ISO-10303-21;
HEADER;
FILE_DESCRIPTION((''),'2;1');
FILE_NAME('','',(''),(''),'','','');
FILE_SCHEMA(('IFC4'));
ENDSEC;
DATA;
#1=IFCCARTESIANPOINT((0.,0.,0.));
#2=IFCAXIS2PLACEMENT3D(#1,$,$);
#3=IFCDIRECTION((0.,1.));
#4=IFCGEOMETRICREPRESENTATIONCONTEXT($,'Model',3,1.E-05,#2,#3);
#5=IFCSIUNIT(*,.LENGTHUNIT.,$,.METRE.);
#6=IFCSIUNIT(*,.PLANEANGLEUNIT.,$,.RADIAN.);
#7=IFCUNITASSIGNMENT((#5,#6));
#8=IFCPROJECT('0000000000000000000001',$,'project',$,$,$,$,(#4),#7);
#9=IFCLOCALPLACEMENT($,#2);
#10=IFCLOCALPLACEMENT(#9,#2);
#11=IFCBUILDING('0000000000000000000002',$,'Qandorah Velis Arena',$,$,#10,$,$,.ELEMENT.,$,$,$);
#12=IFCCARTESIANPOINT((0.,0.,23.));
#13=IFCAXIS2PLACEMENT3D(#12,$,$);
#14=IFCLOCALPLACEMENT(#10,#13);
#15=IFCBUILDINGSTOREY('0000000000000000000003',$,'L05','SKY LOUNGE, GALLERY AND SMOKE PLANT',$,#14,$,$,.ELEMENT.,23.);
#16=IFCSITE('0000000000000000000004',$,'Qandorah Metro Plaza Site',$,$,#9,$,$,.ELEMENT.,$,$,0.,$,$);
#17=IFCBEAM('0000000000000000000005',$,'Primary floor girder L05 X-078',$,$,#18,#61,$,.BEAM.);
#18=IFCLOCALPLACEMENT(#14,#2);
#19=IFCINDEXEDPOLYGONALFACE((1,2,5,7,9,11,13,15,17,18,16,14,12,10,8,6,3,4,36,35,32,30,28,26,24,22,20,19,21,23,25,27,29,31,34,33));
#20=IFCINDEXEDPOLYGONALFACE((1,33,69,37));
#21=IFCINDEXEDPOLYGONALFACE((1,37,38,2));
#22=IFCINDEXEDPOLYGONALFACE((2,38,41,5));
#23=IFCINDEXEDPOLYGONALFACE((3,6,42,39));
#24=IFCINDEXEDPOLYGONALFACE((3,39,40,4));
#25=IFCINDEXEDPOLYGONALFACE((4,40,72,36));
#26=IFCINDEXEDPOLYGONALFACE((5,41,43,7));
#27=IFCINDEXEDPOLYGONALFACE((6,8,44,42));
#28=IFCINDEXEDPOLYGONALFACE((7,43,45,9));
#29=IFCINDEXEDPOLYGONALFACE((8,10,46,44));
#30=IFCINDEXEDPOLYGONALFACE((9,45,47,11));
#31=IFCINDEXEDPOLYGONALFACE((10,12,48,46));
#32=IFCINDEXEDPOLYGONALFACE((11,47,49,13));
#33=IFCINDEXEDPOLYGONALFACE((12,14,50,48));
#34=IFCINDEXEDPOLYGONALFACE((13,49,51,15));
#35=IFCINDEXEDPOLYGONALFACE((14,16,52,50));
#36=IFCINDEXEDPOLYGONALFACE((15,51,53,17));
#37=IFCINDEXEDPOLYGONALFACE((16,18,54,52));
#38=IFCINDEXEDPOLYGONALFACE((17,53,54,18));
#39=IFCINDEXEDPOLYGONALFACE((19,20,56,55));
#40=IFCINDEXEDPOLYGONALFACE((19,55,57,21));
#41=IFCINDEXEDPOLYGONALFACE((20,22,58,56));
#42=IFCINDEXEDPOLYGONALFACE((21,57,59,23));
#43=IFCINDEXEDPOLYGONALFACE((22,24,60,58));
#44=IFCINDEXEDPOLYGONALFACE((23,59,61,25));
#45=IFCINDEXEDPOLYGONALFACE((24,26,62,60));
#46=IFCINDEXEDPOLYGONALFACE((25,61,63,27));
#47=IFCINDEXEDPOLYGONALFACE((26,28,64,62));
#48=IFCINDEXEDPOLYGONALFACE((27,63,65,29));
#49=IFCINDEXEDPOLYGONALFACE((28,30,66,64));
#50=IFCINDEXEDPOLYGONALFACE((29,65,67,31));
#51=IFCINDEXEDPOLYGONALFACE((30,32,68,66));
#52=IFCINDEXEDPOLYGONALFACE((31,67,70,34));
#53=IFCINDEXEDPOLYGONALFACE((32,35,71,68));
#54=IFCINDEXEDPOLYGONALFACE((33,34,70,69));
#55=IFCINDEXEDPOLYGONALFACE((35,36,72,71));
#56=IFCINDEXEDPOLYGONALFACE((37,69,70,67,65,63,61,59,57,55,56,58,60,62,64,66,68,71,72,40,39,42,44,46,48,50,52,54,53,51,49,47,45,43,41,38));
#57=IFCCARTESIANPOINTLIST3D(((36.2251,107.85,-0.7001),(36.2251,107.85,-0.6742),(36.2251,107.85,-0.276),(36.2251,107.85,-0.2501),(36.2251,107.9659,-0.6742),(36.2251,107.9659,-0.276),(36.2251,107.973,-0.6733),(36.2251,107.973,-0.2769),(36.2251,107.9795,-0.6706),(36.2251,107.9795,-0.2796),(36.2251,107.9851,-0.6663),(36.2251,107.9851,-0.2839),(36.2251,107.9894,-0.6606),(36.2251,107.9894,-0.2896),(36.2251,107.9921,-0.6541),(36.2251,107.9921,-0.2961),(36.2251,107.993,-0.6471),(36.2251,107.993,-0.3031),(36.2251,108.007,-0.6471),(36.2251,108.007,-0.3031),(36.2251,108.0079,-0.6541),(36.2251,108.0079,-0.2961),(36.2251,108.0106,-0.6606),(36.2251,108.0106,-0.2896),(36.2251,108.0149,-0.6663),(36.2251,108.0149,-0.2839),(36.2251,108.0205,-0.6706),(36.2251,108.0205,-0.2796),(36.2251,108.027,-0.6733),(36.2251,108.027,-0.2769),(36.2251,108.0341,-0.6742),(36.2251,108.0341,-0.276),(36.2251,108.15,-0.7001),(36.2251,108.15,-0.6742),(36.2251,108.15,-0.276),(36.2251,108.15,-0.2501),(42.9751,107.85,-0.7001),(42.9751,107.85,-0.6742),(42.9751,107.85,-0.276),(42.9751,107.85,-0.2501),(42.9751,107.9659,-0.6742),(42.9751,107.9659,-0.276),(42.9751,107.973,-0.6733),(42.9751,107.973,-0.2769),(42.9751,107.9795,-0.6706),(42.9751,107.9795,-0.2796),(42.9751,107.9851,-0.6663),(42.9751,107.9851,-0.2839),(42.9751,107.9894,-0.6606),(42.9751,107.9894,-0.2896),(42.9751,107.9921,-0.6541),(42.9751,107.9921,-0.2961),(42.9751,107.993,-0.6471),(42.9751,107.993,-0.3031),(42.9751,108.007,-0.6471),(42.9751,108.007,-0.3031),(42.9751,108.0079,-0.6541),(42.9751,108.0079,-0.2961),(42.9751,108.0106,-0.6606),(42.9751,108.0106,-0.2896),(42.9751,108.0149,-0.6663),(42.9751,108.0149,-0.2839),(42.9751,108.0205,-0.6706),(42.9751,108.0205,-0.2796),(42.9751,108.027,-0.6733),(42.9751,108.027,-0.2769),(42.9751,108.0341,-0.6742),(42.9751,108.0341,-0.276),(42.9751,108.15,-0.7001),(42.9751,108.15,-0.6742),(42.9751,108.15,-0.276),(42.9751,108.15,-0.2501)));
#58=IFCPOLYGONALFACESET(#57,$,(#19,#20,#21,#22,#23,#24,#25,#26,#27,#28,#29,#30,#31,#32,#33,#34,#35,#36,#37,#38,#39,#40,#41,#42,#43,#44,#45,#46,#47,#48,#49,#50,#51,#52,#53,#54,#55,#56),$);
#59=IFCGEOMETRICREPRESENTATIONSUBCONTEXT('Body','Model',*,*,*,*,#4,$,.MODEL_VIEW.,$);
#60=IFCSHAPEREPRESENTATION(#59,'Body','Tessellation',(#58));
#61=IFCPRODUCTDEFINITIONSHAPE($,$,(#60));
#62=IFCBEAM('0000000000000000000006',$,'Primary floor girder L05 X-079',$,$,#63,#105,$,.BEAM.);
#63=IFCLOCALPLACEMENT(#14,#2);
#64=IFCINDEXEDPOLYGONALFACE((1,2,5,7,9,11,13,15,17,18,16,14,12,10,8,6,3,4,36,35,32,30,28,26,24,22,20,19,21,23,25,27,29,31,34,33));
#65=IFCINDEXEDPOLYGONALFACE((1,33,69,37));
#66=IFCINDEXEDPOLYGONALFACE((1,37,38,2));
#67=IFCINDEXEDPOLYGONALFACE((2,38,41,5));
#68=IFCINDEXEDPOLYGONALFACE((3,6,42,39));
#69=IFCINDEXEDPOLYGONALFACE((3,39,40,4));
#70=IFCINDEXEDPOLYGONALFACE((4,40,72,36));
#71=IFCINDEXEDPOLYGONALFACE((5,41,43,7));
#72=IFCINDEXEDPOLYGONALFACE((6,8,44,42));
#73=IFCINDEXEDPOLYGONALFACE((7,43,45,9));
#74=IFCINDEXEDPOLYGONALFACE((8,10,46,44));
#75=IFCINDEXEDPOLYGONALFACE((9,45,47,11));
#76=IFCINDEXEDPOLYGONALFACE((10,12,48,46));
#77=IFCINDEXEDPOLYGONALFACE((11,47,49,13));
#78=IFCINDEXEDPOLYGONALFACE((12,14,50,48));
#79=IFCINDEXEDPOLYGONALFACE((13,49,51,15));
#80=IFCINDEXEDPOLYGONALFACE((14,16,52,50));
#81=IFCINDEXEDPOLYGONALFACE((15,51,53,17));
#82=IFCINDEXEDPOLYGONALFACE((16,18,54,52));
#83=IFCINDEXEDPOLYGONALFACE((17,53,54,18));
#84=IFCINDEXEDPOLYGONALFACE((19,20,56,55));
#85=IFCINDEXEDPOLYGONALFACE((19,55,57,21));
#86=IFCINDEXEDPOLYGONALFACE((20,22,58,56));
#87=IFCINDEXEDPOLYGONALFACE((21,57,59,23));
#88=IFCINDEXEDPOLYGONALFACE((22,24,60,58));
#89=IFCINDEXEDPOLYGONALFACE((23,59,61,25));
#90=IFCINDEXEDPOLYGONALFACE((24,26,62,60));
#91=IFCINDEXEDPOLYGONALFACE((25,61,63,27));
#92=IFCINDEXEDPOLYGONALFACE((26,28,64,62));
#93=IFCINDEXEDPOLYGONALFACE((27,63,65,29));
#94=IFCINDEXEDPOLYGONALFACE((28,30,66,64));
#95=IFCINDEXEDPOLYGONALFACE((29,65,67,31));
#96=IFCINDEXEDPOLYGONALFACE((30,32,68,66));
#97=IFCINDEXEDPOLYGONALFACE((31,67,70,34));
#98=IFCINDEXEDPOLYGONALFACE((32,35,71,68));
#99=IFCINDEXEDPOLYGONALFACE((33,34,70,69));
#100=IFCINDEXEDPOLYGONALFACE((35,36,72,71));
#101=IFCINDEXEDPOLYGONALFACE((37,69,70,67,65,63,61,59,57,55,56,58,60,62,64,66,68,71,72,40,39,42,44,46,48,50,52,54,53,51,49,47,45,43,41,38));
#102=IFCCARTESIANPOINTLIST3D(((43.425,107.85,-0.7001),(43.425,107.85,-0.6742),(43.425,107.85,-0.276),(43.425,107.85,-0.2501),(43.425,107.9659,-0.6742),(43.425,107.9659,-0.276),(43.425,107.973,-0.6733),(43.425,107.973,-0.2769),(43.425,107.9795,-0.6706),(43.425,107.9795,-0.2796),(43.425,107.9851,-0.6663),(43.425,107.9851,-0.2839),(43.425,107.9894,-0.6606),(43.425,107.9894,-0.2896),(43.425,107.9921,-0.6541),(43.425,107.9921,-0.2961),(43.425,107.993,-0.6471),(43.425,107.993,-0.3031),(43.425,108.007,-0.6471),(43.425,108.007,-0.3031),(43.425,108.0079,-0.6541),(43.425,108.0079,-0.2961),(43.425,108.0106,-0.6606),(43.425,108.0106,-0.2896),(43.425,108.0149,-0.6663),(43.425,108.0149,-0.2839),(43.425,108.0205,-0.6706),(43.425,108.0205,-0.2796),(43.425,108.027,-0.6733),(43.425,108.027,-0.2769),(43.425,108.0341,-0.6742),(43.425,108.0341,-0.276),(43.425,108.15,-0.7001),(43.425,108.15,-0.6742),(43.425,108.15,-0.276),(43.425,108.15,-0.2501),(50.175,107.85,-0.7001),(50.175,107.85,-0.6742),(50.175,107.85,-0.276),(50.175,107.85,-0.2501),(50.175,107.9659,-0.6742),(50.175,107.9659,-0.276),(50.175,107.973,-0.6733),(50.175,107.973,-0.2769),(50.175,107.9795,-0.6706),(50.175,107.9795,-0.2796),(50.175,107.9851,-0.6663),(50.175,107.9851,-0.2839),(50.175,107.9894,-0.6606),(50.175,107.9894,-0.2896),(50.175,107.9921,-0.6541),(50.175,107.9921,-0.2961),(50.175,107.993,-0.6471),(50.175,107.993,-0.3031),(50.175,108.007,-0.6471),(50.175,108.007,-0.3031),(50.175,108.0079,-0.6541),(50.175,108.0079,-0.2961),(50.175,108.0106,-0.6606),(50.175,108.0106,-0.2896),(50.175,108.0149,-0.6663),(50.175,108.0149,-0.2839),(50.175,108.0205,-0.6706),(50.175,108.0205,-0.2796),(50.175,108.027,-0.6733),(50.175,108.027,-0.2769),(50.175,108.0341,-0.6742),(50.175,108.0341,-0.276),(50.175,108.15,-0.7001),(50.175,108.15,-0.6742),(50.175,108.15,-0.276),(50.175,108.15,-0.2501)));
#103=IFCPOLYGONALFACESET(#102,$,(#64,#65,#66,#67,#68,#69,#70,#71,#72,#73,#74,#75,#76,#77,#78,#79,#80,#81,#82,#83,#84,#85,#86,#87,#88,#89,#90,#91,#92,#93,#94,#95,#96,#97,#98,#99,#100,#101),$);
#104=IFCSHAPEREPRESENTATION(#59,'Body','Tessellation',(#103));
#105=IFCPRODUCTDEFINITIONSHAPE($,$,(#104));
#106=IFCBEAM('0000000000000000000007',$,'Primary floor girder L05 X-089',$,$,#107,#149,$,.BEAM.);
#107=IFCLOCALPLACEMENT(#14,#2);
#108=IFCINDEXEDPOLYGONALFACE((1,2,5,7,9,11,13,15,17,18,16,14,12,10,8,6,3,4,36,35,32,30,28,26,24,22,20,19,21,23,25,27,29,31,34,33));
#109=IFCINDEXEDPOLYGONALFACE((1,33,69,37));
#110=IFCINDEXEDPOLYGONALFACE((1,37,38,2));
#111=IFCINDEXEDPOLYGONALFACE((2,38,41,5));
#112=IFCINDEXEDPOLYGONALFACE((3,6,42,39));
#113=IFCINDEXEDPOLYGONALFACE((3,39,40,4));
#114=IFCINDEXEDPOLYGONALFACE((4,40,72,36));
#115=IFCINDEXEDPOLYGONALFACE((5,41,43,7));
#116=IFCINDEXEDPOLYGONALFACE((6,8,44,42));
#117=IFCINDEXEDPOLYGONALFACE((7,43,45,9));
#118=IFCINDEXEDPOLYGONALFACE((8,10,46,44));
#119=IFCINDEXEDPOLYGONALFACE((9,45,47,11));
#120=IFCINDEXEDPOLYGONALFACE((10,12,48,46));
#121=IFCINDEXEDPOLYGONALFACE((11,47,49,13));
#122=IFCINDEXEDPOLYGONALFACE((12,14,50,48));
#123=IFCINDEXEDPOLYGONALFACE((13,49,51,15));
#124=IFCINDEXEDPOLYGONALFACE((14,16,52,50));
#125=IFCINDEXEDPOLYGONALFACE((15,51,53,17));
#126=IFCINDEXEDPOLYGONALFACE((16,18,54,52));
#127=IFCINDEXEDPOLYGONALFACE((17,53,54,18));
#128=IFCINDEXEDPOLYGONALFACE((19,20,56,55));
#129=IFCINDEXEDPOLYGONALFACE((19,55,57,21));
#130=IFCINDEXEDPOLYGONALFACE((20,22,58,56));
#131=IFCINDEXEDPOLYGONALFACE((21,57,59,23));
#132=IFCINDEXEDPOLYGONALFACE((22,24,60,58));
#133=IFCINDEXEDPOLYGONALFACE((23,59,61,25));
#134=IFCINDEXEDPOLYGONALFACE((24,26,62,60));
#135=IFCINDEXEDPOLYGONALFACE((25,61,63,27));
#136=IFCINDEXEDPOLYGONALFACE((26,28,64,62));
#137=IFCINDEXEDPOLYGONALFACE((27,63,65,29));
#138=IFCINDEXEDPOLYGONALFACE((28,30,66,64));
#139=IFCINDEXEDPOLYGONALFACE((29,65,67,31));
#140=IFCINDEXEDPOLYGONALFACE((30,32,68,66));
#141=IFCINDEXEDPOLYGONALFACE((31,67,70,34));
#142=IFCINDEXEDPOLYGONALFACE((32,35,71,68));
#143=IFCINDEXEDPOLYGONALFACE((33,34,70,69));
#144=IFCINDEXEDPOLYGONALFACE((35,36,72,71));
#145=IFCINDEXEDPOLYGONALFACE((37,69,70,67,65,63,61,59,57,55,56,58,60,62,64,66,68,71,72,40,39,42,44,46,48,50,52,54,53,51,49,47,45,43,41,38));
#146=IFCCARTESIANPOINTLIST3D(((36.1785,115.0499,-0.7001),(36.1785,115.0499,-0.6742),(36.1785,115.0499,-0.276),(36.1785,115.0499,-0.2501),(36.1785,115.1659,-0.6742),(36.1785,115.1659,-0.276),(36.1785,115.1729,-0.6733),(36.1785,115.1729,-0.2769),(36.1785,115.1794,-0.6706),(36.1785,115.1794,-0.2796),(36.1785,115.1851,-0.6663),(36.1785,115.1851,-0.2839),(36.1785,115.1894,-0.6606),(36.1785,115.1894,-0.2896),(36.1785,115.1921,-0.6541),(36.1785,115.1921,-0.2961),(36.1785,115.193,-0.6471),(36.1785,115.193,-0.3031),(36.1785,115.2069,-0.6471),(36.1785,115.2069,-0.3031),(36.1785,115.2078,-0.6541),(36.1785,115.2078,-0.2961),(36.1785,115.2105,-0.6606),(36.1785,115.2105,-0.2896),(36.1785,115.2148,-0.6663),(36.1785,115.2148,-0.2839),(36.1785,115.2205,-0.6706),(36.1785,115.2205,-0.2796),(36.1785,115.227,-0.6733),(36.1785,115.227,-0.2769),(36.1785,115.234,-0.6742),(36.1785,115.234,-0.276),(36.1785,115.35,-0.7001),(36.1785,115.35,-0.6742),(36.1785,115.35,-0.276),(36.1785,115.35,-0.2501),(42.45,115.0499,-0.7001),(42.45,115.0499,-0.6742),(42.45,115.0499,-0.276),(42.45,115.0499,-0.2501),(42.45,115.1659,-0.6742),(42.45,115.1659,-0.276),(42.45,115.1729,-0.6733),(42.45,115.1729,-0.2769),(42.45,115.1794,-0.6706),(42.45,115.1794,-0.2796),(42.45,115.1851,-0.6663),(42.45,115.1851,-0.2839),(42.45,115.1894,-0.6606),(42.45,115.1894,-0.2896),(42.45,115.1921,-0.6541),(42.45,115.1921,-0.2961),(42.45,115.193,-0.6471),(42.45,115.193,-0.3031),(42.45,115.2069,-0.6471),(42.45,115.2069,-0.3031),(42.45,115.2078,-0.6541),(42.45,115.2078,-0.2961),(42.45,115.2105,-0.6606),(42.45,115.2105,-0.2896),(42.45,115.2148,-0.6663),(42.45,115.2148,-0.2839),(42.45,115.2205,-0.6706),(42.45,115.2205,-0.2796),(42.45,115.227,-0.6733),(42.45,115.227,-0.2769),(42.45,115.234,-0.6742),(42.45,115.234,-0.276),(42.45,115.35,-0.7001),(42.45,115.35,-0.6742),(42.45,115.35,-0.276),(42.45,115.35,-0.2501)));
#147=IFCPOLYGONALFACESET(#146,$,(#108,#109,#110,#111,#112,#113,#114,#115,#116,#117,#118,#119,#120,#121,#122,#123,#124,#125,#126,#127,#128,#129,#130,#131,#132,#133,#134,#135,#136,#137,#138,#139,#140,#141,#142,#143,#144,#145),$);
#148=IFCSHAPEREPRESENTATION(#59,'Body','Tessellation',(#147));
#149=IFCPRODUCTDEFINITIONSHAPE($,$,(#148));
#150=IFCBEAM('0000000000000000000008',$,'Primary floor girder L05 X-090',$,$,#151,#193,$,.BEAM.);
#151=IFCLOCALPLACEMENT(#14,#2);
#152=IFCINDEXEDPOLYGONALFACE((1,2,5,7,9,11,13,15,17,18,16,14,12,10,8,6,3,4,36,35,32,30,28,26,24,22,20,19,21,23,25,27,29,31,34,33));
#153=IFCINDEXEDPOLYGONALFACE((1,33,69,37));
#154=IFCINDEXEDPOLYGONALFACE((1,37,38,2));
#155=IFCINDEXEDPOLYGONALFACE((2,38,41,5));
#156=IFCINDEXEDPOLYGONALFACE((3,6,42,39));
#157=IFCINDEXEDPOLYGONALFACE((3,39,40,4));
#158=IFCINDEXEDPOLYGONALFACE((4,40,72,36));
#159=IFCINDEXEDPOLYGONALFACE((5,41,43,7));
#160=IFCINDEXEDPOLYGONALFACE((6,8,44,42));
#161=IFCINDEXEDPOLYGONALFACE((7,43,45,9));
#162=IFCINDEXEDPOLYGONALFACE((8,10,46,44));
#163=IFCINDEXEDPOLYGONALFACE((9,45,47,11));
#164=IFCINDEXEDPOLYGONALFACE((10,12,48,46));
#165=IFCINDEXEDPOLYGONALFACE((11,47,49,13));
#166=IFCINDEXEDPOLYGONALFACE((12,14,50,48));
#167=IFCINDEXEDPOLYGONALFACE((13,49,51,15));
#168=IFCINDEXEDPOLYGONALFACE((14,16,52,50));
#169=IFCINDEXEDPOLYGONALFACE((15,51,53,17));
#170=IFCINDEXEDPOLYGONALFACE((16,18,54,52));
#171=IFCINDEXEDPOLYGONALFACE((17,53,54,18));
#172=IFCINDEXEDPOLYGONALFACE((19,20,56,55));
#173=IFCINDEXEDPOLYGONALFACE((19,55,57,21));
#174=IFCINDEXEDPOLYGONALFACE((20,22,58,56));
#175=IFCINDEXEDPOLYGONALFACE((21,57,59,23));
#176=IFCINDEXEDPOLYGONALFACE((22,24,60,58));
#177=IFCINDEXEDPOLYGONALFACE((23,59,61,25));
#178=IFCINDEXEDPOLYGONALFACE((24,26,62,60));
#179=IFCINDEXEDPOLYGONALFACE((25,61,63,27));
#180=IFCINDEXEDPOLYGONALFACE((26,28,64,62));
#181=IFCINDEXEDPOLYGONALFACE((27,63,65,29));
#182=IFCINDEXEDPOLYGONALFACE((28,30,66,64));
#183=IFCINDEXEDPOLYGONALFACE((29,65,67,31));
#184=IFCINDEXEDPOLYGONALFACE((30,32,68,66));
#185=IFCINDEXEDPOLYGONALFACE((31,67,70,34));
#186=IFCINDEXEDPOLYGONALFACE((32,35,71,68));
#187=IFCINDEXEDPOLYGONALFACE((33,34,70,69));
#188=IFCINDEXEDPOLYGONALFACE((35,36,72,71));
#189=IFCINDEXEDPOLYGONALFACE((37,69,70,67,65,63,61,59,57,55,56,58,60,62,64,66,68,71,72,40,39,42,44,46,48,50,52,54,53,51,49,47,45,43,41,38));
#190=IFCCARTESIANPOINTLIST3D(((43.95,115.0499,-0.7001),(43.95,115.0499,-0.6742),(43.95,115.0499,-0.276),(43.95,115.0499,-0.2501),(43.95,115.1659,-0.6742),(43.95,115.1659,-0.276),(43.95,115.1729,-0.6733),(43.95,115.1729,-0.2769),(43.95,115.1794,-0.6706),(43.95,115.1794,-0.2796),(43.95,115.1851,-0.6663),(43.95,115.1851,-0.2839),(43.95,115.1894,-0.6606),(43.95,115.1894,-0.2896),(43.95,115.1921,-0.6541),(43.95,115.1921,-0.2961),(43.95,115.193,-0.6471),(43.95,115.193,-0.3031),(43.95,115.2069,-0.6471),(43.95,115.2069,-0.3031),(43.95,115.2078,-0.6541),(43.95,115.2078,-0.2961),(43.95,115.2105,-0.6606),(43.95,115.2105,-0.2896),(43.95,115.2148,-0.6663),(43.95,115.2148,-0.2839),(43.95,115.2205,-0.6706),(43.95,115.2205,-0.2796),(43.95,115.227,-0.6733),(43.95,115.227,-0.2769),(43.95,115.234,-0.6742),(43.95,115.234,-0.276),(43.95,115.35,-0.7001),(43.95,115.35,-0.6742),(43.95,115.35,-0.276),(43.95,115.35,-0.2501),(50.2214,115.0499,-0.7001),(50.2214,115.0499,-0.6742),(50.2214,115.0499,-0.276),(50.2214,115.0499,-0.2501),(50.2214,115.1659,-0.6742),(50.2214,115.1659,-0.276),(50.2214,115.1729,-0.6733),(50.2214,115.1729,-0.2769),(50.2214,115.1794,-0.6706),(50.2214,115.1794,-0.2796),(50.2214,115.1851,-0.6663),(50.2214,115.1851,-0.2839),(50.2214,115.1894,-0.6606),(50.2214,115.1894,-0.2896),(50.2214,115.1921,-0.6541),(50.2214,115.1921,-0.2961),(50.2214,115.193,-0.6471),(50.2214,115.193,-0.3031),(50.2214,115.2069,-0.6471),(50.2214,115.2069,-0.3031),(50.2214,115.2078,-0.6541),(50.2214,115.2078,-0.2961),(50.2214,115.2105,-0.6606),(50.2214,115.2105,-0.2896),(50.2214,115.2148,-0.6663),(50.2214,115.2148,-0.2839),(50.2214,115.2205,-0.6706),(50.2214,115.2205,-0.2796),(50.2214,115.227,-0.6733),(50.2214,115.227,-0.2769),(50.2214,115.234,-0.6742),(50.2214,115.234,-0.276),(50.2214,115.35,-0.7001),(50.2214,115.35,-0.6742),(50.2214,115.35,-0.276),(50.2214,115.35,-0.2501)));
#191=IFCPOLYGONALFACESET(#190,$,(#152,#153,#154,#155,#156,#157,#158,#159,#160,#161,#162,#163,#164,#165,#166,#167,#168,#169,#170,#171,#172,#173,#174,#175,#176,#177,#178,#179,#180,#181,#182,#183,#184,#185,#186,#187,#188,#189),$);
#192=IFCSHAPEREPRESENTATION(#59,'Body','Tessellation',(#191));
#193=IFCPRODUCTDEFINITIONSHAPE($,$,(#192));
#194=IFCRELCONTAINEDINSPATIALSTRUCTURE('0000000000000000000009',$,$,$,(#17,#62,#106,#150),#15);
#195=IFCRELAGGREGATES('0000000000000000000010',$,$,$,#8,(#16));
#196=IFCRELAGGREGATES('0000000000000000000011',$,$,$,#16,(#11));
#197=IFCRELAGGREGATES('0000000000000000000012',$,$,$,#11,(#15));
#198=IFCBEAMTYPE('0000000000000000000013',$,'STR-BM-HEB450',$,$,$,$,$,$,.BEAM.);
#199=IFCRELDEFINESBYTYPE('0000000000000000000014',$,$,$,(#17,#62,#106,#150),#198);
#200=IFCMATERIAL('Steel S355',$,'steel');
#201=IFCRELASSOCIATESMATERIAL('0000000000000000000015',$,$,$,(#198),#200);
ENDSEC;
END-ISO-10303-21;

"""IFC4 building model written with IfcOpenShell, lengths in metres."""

from ifc_helpers import new_model, si_unit, direction, frame, origin, origin_2d, place, context, subcontext, project, spatial, i_section, extrude, material, material_profile, profile_set, type_object, element, save


model = new_model("IFC4")

# Units and contexts
model_context = context("Model", 3, precision=1e-05, world=origin(), true_north=direction((0.0, 1.0)))
body_context = subcontext(model_context, "Body", "Model", "MODEL_VIEW")
ifc_project = project(units=[si_unit("LENGTHUNIT", "METRE"), si_unit("PLANEANGLEUNIT", "RADIAN")], contexts=[model_context])

# Site, building, storey
site_placement = place(None, origin())
site = spatial("IfcSite", under=ifc_project, at=site_placement, Name="Qandorah Metro Plaza Site", CompositionType="ELEMENT", RefElevation=0.0)
building_placement = place(site_placement, origin())
building = spatial("IfcBuilding", under=site, at=building_placement, Name="Qandorah Velis Arena", CompositionType="ELEMENT")
storey_placement = place(building_placement, frame((0.0, 0.0, 23.0)))
storey = spatial("IfcBuildingStorey", under=building, at=storey_placement, Name="L05", Description="SKY LOUNGE, GALLERY AND SMOKE PLANT", CompositionType="ELEMENT", Elevation=23.0)

# Beams
ifc_material_1 = material(Name="Steel S355", Category="steel")
ifc_material_profile_1 = material_profile(ifc_material_1, i_section(OverallWidth=0.3, OverallDepth=0.45, WebThickness=0.0139, FlangeThickness=0.0259, FilletRadius=0.0271, at=origin_2d()), Name="HEB 450")
ifc_profile_set_1 = profile_set([ifc_material_profile_1], Name="Steel S355")
beam_type_1 = type_object("IfcBeamType", Name="STR-BM-HEB450", PredefinedType="BEAM", material=ifc_profile_set_1)
for number, where, z_axis, x_axis, name in (
    (1, (36.2251, 108.0, -0.4751), (1.0, 0.0, 0.0), (0.0, 1.0, 0.0), "Primary floor girder L05 X-078"),
    (2, (43.425, 108.0, -0.4751), (1.0, 0.0, 0.0), (0.0, 1.0, 0.0), "Primary floor girder L05 X-079"),
):
    element("IfcBeam", number, at=place(storey_placement, frame(where, z_axis=z_axis, x_axis=x_axis)), inside=storey, type_object=beam_type_1, Name=name, PredefinedType="BEAM", context=body_context, shape_type="SweptSolid", body=[
        extrude(i_section(OverallWidth=0.3, OverallDepth=0.45, WebThickness=0.0139, FlangeThickness=0.0259, FilletRadius=0.0271, at=origin_2d()), origin(), (0.0, 0.0, 1.0), 6.75),
    ])
for number, where, z_axis, x_axis, name in (
    (3, (36.1785, 115.2, -0.4751), (1.0, 0.0, 0.0), (0.0, 1.0, 0.0), "Primary floor girder L05 X-089"),
    (4, (43.95, 115.2, -0.4751), (1.0, 0.0, 0.0), (0.0, 1.0, 0.0), "Primary floor girder L05 X-090"),
):
    element("IfcBeam", number, at=place(storey_placement, frame(where, z_axis=z_axis, x_axis=x_axis)), inside=storey, type_object=beam_type_1, Name=name, PredefinedType="BEAM", context=body_context, shape_type="SweptSolid", body=[
        extrude(i_section(OverallWidth=0.3, OverallDepth=0.45, WebThickness=0.0139, FlangeThickness=0.0259, FilletRadius=0.0271, at=origin_2d()), origin(), (0.0, 0.0, 1.0), 6.2715),
    ])

save(model, "model.ifc")
